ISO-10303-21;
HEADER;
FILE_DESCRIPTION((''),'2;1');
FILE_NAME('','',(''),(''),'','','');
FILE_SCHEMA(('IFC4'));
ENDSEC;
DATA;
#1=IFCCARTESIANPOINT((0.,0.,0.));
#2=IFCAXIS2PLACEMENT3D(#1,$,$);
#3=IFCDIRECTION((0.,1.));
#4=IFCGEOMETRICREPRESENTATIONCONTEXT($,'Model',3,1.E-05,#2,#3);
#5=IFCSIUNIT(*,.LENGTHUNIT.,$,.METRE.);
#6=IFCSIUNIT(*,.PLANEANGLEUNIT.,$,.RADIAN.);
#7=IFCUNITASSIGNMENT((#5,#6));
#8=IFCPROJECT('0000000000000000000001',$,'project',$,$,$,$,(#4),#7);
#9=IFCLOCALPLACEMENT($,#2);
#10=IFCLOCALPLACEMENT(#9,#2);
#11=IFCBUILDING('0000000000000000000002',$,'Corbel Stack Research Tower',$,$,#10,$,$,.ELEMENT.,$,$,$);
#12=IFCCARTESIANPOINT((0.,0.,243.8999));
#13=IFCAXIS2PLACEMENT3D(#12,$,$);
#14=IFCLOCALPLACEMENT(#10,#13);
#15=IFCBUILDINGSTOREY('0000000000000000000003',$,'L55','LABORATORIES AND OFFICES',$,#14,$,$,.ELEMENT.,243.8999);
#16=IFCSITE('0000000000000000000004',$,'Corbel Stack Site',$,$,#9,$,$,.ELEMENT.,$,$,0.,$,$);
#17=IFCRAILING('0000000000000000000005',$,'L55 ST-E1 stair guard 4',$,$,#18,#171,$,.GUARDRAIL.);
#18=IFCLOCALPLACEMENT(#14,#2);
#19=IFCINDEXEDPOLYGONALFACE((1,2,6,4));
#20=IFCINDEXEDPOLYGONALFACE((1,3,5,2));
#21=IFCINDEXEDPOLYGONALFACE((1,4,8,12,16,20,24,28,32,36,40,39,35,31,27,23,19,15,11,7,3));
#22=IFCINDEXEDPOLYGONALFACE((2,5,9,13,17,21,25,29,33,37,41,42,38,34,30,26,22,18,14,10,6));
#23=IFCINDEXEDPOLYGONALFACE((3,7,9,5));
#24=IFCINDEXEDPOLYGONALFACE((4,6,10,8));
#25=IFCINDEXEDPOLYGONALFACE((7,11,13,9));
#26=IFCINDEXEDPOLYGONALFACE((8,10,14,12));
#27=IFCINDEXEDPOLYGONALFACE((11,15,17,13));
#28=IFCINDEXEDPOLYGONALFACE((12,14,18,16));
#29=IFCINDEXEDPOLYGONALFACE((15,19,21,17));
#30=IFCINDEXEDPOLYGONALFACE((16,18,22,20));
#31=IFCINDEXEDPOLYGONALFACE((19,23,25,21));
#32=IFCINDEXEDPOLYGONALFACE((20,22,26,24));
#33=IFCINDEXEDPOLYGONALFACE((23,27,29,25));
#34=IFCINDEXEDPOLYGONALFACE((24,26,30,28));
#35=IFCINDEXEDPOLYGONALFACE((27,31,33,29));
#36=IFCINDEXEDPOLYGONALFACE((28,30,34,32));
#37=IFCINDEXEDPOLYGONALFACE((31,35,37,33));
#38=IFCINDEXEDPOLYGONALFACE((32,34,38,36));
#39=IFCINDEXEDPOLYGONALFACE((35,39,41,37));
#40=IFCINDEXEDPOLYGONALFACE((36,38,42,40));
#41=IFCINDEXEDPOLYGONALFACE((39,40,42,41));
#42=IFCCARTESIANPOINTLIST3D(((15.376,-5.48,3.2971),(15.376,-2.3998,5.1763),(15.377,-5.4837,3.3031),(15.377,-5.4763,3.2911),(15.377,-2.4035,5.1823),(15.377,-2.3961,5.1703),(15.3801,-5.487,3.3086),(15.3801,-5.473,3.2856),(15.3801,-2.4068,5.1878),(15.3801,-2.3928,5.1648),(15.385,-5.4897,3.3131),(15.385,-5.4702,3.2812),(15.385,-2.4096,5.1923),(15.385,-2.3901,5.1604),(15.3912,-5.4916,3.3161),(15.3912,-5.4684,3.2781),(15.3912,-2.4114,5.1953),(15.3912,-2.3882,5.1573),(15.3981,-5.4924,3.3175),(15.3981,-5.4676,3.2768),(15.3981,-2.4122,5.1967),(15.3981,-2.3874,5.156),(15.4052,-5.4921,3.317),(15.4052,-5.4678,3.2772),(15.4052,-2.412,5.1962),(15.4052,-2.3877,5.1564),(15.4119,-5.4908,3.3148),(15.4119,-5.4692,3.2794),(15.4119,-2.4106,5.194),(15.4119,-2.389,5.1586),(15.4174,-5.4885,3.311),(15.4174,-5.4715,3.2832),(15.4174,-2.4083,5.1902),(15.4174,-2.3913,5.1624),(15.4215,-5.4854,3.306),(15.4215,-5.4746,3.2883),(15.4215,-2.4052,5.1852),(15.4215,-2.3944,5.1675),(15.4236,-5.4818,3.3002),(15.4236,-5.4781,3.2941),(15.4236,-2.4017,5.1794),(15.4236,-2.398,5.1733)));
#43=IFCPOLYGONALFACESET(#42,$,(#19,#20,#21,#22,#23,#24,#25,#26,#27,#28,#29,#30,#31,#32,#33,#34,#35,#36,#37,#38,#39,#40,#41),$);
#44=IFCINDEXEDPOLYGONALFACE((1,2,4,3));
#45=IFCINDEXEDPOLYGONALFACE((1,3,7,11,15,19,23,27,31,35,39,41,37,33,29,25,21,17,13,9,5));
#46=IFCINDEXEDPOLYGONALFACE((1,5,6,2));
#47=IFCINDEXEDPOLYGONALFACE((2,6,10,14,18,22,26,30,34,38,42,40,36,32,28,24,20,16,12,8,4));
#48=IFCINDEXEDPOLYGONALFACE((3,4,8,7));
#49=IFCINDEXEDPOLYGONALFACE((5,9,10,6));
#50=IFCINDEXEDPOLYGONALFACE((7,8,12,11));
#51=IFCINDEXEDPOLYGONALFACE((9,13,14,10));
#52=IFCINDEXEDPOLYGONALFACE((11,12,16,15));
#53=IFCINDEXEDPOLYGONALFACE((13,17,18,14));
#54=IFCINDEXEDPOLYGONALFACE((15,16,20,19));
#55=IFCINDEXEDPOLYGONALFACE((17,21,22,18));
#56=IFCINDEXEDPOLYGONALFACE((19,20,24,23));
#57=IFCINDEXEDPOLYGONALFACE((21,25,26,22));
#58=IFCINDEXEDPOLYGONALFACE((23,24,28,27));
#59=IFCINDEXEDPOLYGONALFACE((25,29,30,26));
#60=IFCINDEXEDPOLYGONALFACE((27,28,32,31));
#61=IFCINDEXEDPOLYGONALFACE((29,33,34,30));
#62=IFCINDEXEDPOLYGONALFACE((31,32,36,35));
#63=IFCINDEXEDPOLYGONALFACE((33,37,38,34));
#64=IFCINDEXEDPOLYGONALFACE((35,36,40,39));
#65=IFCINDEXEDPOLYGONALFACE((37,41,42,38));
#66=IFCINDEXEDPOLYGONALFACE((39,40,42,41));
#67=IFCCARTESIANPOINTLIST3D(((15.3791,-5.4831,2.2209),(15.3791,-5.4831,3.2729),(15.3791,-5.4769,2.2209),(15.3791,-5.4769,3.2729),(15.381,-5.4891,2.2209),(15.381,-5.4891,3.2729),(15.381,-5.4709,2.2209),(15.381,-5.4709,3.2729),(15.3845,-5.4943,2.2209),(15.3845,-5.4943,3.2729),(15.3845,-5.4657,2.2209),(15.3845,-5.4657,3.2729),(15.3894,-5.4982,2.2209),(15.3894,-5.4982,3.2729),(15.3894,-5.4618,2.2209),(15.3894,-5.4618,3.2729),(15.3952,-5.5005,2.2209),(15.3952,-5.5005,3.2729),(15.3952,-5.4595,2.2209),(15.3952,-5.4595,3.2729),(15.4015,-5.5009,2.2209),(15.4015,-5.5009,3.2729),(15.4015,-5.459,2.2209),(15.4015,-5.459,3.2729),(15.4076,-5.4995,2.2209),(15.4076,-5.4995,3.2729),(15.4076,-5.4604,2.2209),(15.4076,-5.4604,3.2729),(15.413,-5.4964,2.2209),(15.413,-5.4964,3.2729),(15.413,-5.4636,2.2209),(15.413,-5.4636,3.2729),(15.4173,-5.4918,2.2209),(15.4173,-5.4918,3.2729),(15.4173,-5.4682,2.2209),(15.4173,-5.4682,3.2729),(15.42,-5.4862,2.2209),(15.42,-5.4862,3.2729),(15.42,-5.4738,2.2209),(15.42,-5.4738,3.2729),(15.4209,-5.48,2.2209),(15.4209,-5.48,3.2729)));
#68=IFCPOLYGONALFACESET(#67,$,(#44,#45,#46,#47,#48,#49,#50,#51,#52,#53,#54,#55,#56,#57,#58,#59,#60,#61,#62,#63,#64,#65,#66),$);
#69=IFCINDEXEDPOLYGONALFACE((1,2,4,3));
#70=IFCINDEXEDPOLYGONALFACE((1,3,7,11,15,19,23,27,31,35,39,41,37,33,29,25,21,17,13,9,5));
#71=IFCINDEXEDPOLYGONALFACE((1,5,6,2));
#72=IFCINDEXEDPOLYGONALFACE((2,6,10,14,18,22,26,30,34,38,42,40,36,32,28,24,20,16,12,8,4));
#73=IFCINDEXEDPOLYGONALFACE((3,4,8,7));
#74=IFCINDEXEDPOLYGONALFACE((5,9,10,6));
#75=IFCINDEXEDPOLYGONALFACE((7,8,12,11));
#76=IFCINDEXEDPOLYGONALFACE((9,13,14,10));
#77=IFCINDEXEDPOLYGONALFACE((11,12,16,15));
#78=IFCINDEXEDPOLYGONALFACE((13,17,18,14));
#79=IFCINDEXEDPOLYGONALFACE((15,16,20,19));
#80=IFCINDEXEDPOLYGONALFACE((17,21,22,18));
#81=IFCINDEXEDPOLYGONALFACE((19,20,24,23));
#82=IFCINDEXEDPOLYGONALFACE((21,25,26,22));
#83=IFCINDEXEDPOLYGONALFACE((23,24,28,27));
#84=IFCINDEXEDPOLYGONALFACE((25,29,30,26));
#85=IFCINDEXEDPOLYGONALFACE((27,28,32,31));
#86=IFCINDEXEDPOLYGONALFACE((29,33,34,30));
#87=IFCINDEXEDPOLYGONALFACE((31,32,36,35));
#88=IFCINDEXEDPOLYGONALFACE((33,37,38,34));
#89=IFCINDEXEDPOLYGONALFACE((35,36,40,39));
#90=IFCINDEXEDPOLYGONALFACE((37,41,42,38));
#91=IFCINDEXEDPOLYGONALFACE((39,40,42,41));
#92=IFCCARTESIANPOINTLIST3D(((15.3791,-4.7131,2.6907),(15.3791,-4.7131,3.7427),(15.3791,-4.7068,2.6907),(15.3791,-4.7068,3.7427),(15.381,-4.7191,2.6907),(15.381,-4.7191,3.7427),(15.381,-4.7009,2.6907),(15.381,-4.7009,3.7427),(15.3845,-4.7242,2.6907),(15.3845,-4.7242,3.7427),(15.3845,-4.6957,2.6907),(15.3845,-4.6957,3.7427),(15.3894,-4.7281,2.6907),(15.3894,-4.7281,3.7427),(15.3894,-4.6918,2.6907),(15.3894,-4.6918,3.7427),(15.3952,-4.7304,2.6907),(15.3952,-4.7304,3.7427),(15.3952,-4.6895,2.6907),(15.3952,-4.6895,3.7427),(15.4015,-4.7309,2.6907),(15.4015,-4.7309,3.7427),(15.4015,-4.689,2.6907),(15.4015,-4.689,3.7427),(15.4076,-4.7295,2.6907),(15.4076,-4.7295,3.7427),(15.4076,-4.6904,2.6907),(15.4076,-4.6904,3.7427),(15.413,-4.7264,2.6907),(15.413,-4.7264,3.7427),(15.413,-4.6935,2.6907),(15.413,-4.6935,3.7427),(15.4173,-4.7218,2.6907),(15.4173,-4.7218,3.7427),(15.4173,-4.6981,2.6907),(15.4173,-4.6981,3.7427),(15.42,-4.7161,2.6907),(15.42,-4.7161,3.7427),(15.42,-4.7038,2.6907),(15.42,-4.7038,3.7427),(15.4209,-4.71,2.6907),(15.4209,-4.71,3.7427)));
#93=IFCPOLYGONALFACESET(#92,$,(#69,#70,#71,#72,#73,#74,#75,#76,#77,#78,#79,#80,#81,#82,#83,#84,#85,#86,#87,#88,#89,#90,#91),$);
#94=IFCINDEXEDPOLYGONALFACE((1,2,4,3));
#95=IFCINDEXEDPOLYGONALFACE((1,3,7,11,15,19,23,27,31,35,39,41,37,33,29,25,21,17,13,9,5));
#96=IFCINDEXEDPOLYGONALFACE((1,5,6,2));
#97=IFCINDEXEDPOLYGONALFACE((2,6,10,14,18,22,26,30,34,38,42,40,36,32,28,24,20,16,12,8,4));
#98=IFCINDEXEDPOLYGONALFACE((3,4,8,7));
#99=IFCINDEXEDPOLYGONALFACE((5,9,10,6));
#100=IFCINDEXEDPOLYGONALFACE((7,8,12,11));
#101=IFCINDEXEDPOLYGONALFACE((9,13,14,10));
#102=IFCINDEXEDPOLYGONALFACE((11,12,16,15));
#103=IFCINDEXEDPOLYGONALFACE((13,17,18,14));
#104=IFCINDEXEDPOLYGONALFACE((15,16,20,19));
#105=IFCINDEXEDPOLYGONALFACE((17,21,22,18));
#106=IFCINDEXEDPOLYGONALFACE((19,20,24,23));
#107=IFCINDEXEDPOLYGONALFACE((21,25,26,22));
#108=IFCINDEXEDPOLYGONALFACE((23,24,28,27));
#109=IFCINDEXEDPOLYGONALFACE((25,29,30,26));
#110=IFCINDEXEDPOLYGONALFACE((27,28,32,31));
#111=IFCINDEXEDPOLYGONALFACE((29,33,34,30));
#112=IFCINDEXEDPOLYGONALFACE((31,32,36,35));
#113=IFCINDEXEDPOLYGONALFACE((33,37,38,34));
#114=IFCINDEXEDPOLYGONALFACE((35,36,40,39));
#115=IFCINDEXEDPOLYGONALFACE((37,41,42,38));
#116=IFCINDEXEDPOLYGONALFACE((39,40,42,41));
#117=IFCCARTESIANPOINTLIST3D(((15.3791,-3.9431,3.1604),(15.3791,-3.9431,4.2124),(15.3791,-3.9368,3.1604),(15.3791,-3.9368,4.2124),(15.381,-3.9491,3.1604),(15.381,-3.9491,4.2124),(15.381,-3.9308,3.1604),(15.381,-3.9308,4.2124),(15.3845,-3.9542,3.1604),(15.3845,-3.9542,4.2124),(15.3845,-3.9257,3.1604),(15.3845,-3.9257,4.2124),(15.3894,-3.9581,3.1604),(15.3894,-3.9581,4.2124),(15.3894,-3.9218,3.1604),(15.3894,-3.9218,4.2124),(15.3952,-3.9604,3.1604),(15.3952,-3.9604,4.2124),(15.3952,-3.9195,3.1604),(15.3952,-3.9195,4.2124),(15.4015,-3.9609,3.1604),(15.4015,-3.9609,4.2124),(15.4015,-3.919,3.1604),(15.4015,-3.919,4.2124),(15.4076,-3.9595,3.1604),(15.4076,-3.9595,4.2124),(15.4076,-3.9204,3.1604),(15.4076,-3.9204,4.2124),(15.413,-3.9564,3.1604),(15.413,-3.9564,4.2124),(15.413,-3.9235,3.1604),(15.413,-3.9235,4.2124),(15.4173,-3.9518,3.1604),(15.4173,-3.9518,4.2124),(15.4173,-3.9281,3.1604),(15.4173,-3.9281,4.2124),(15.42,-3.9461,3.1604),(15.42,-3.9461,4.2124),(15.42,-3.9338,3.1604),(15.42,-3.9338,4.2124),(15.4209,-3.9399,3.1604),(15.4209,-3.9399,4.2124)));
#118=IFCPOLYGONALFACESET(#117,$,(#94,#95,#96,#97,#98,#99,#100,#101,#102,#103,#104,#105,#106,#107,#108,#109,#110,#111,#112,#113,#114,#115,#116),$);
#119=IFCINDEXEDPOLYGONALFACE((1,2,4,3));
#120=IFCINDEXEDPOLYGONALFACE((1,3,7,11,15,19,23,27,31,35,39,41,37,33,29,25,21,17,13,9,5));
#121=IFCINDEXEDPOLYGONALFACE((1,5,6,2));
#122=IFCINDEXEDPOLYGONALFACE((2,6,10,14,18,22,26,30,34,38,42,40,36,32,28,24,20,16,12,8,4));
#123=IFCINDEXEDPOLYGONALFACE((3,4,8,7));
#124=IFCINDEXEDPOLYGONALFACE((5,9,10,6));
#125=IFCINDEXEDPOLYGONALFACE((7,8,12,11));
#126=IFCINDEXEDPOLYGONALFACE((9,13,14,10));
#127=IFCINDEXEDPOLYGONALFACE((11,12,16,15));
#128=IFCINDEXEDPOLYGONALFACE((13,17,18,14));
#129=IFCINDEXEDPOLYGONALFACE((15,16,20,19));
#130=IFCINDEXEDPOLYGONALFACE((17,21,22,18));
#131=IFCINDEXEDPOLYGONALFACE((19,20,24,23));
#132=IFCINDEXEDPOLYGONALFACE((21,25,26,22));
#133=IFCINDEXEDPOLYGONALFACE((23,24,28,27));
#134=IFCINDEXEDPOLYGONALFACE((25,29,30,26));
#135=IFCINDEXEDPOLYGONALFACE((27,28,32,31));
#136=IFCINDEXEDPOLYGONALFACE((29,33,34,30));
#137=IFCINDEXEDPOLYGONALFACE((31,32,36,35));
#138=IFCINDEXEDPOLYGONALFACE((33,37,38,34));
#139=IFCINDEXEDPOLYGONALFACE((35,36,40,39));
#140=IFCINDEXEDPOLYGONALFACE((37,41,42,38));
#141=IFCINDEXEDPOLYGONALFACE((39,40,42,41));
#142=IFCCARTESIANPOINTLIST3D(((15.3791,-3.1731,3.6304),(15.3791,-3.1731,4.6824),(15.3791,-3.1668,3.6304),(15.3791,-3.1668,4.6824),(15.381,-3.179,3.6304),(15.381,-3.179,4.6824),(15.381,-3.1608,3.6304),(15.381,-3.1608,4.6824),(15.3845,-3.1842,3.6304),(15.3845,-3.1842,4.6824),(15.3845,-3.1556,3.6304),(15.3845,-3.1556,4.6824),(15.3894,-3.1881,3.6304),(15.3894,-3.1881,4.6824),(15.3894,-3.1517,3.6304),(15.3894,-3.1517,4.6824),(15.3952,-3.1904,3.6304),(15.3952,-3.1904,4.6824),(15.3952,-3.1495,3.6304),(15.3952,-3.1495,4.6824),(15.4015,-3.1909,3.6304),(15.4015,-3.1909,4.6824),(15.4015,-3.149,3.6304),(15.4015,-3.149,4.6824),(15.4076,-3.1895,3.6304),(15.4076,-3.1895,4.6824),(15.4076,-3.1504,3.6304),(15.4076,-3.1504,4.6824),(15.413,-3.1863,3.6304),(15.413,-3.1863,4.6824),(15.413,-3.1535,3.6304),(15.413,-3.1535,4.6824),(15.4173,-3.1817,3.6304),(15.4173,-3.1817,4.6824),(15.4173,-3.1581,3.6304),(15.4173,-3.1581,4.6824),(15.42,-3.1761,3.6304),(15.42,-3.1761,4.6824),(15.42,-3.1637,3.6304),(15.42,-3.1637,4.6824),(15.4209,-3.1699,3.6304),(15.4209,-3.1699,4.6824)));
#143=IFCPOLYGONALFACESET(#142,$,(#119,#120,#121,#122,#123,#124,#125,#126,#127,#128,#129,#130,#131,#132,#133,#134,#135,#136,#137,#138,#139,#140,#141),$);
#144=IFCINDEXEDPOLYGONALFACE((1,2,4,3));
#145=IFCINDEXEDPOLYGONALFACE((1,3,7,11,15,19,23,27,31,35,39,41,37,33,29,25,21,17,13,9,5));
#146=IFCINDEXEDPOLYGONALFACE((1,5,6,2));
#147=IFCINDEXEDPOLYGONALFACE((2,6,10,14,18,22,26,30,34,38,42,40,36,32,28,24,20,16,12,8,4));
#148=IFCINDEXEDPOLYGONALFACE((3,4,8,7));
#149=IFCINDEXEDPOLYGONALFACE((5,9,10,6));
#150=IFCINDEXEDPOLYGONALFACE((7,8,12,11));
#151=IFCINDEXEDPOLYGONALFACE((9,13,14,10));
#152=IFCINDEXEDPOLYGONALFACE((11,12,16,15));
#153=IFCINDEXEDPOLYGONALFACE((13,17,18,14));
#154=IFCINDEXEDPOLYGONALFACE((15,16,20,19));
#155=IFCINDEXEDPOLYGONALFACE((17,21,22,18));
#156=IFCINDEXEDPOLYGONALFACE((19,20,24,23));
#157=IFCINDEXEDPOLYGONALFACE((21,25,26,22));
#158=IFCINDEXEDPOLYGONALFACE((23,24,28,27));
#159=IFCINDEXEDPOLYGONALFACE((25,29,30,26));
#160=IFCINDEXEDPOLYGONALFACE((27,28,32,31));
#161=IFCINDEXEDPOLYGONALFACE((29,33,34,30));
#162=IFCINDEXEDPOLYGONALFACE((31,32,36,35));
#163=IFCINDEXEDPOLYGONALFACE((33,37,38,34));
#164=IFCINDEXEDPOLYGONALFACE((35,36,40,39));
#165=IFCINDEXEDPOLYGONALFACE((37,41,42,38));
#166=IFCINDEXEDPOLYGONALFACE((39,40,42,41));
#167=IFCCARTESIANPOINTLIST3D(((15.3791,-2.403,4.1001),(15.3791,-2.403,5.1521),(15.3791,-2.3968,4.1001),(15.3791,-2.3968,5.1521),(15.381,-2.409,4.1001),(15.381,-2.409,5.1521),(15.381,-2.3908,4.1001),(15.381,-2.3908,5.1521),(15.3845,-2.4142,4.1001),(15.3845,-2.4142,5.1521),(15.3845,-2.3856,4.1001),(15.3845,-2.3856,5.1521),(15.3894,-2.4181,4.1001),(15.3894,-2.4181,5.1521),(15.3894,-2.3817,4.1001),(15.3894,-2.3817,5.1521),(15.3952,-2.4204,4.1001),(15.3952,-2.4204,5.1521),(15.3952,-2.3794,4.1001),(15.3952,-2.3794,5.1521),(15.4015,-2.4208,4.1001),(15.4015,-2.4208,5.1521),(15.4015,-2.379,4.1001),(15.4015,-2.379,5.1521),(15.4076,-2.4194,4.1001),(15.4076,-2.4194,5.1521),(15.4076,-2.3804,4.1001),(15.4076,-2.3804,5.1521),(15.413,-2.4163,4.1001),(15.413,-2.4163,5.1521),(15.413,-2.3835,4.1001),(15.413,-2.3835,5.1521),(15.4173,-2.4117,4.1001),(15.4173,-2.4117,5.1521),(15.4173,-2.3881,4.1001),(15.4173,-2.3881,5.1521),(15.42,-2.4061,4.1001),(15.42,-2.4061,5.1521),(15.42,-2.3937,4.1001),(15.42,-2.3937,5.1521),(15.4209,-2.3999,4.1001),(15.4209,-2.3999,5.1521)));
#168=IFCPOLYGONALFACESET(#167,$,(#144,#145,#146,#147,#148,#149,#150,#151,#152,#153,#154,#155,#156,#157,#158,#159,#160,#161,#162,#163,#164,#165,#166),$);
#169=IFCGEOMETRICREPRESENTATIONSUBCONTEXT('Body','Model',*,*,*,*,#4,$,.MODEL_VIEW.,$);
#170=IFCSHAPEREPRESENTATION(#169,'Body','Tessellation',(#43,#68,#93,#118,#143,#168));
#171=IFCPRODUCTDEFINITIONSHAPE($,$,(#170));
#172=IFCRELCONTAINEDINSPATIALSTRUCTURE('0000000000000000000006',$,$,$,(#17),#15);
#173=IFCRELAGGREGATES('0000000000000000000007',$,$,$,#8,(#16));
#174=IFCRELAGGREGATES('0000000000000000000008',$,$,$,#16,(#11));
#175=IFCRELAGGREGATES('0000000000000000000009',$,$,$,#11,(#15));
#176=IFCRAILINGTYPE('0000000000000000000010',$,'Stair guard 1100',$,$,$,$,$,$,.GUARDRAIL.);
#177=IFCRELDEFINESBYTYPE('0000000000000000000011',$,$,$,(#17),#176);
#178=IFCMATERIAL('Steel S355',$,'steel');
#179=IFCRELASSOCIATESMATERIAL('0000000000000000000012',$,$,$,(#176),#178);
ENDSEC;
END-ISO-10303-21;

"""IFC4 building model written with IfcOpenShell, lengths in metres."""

from ifc_helpers import new_model, si_unit, direction, frame, origin, origin_2d, place, context, subcontext, project, spatial, circle, extrude, material, type_object, element, save


model = new_model("IFC4")

# Units and contexts
model_context = context("Model", 3, precision=1e-05, world=origin(), true_north=direction((0.0, 1.0)))
body_context = subcontext(model_context, "Body", "Model", "MODEL_VIEW")
ifc_project = project(units=[si_unit("LENGTHUNIT", "METRE"), si_unit("PLANEANGLEUNIT", "RADIAN")], contexts=[model_context])

# Site, building, storey
site_placement = place(None, origin())
site = spatial("IfcSite", under=ifc_project, at=site_placement, Name="Corbel Stack Site", CompositionType="ELEMENT", RefElevation=0.0)
building_placement = place(site_placement, origin())
building = spatial("IfcBuilding", under=site, at=building_placement, Name="Corbel Stack Research Tower", CompositionType="ELEMENT")
storey_placement = place(building_placement, frame((0.0, 0.0, 243.8999)))
storey = spatial("IfcBuildingStorey", under=building, at=storey_placement, Name="L55", Description="LABORATORIES AND OFFICES", CompositionType="ELEMENT", Elevation=243.8999)

# Railing
ifc_material_1 = material(Name="Steel S355", Category="steel")
railing_type_1 = type_object("IfcRailingType", Name="Stair guard 1100", PredefinedType="GUARDRAIL", material=ifc_material_1)
railing_1_placement = place(storey_placement, frame((15.3999, -5.48, 2.2209)))
element("IfcRailing", 1, at=railing_1_placement, inside=storey, type_object=railing_type_1, Name="L55 ST-E1 stair guard 4", PredefinedType="GUARDRAIL", context=body_context, shape_type="SweptSolid", body=[
    extrude(circle(Radius=0.0239, at=origin_2d()), frame((0.0, 0.0, 1.0762), z_axis=(0.0, 0.853666, 0.52082), x_axis=(-1.0, 0.0, 0.0)), (0.0, 0.0, 1.0), 3.6082),
    extrude(circle(Radius=0.021, at=origin_2d()), origin(), (0.0, 0.0, 1.0), 1.052),
    extrude(circle(Radius=0.021, at=origin_2d()), frame((0.0, 0.77, 0.4697)), (0.0, 0.0, 1.0), 1.052),
    extrude(circle(Radius=0.021, at=origin_2d()), frame((0.0, 1.54, 0.9395)), (0.0, 0.0, 1.0), 1.052),
    extrude(circle(Radius=0.021, at=origin_2d()), frame((0.0, 2.3101, 1.4094)), (0.0, 0.0, 1.0), 1.052),
    extrude(circle(Radius=0.021, at=origin_2d()), frame((0.0, 3.0801, 1.8792)), (0.0, 0.0, 1.0), 1.052),
])

save(model, "model.ifc")
